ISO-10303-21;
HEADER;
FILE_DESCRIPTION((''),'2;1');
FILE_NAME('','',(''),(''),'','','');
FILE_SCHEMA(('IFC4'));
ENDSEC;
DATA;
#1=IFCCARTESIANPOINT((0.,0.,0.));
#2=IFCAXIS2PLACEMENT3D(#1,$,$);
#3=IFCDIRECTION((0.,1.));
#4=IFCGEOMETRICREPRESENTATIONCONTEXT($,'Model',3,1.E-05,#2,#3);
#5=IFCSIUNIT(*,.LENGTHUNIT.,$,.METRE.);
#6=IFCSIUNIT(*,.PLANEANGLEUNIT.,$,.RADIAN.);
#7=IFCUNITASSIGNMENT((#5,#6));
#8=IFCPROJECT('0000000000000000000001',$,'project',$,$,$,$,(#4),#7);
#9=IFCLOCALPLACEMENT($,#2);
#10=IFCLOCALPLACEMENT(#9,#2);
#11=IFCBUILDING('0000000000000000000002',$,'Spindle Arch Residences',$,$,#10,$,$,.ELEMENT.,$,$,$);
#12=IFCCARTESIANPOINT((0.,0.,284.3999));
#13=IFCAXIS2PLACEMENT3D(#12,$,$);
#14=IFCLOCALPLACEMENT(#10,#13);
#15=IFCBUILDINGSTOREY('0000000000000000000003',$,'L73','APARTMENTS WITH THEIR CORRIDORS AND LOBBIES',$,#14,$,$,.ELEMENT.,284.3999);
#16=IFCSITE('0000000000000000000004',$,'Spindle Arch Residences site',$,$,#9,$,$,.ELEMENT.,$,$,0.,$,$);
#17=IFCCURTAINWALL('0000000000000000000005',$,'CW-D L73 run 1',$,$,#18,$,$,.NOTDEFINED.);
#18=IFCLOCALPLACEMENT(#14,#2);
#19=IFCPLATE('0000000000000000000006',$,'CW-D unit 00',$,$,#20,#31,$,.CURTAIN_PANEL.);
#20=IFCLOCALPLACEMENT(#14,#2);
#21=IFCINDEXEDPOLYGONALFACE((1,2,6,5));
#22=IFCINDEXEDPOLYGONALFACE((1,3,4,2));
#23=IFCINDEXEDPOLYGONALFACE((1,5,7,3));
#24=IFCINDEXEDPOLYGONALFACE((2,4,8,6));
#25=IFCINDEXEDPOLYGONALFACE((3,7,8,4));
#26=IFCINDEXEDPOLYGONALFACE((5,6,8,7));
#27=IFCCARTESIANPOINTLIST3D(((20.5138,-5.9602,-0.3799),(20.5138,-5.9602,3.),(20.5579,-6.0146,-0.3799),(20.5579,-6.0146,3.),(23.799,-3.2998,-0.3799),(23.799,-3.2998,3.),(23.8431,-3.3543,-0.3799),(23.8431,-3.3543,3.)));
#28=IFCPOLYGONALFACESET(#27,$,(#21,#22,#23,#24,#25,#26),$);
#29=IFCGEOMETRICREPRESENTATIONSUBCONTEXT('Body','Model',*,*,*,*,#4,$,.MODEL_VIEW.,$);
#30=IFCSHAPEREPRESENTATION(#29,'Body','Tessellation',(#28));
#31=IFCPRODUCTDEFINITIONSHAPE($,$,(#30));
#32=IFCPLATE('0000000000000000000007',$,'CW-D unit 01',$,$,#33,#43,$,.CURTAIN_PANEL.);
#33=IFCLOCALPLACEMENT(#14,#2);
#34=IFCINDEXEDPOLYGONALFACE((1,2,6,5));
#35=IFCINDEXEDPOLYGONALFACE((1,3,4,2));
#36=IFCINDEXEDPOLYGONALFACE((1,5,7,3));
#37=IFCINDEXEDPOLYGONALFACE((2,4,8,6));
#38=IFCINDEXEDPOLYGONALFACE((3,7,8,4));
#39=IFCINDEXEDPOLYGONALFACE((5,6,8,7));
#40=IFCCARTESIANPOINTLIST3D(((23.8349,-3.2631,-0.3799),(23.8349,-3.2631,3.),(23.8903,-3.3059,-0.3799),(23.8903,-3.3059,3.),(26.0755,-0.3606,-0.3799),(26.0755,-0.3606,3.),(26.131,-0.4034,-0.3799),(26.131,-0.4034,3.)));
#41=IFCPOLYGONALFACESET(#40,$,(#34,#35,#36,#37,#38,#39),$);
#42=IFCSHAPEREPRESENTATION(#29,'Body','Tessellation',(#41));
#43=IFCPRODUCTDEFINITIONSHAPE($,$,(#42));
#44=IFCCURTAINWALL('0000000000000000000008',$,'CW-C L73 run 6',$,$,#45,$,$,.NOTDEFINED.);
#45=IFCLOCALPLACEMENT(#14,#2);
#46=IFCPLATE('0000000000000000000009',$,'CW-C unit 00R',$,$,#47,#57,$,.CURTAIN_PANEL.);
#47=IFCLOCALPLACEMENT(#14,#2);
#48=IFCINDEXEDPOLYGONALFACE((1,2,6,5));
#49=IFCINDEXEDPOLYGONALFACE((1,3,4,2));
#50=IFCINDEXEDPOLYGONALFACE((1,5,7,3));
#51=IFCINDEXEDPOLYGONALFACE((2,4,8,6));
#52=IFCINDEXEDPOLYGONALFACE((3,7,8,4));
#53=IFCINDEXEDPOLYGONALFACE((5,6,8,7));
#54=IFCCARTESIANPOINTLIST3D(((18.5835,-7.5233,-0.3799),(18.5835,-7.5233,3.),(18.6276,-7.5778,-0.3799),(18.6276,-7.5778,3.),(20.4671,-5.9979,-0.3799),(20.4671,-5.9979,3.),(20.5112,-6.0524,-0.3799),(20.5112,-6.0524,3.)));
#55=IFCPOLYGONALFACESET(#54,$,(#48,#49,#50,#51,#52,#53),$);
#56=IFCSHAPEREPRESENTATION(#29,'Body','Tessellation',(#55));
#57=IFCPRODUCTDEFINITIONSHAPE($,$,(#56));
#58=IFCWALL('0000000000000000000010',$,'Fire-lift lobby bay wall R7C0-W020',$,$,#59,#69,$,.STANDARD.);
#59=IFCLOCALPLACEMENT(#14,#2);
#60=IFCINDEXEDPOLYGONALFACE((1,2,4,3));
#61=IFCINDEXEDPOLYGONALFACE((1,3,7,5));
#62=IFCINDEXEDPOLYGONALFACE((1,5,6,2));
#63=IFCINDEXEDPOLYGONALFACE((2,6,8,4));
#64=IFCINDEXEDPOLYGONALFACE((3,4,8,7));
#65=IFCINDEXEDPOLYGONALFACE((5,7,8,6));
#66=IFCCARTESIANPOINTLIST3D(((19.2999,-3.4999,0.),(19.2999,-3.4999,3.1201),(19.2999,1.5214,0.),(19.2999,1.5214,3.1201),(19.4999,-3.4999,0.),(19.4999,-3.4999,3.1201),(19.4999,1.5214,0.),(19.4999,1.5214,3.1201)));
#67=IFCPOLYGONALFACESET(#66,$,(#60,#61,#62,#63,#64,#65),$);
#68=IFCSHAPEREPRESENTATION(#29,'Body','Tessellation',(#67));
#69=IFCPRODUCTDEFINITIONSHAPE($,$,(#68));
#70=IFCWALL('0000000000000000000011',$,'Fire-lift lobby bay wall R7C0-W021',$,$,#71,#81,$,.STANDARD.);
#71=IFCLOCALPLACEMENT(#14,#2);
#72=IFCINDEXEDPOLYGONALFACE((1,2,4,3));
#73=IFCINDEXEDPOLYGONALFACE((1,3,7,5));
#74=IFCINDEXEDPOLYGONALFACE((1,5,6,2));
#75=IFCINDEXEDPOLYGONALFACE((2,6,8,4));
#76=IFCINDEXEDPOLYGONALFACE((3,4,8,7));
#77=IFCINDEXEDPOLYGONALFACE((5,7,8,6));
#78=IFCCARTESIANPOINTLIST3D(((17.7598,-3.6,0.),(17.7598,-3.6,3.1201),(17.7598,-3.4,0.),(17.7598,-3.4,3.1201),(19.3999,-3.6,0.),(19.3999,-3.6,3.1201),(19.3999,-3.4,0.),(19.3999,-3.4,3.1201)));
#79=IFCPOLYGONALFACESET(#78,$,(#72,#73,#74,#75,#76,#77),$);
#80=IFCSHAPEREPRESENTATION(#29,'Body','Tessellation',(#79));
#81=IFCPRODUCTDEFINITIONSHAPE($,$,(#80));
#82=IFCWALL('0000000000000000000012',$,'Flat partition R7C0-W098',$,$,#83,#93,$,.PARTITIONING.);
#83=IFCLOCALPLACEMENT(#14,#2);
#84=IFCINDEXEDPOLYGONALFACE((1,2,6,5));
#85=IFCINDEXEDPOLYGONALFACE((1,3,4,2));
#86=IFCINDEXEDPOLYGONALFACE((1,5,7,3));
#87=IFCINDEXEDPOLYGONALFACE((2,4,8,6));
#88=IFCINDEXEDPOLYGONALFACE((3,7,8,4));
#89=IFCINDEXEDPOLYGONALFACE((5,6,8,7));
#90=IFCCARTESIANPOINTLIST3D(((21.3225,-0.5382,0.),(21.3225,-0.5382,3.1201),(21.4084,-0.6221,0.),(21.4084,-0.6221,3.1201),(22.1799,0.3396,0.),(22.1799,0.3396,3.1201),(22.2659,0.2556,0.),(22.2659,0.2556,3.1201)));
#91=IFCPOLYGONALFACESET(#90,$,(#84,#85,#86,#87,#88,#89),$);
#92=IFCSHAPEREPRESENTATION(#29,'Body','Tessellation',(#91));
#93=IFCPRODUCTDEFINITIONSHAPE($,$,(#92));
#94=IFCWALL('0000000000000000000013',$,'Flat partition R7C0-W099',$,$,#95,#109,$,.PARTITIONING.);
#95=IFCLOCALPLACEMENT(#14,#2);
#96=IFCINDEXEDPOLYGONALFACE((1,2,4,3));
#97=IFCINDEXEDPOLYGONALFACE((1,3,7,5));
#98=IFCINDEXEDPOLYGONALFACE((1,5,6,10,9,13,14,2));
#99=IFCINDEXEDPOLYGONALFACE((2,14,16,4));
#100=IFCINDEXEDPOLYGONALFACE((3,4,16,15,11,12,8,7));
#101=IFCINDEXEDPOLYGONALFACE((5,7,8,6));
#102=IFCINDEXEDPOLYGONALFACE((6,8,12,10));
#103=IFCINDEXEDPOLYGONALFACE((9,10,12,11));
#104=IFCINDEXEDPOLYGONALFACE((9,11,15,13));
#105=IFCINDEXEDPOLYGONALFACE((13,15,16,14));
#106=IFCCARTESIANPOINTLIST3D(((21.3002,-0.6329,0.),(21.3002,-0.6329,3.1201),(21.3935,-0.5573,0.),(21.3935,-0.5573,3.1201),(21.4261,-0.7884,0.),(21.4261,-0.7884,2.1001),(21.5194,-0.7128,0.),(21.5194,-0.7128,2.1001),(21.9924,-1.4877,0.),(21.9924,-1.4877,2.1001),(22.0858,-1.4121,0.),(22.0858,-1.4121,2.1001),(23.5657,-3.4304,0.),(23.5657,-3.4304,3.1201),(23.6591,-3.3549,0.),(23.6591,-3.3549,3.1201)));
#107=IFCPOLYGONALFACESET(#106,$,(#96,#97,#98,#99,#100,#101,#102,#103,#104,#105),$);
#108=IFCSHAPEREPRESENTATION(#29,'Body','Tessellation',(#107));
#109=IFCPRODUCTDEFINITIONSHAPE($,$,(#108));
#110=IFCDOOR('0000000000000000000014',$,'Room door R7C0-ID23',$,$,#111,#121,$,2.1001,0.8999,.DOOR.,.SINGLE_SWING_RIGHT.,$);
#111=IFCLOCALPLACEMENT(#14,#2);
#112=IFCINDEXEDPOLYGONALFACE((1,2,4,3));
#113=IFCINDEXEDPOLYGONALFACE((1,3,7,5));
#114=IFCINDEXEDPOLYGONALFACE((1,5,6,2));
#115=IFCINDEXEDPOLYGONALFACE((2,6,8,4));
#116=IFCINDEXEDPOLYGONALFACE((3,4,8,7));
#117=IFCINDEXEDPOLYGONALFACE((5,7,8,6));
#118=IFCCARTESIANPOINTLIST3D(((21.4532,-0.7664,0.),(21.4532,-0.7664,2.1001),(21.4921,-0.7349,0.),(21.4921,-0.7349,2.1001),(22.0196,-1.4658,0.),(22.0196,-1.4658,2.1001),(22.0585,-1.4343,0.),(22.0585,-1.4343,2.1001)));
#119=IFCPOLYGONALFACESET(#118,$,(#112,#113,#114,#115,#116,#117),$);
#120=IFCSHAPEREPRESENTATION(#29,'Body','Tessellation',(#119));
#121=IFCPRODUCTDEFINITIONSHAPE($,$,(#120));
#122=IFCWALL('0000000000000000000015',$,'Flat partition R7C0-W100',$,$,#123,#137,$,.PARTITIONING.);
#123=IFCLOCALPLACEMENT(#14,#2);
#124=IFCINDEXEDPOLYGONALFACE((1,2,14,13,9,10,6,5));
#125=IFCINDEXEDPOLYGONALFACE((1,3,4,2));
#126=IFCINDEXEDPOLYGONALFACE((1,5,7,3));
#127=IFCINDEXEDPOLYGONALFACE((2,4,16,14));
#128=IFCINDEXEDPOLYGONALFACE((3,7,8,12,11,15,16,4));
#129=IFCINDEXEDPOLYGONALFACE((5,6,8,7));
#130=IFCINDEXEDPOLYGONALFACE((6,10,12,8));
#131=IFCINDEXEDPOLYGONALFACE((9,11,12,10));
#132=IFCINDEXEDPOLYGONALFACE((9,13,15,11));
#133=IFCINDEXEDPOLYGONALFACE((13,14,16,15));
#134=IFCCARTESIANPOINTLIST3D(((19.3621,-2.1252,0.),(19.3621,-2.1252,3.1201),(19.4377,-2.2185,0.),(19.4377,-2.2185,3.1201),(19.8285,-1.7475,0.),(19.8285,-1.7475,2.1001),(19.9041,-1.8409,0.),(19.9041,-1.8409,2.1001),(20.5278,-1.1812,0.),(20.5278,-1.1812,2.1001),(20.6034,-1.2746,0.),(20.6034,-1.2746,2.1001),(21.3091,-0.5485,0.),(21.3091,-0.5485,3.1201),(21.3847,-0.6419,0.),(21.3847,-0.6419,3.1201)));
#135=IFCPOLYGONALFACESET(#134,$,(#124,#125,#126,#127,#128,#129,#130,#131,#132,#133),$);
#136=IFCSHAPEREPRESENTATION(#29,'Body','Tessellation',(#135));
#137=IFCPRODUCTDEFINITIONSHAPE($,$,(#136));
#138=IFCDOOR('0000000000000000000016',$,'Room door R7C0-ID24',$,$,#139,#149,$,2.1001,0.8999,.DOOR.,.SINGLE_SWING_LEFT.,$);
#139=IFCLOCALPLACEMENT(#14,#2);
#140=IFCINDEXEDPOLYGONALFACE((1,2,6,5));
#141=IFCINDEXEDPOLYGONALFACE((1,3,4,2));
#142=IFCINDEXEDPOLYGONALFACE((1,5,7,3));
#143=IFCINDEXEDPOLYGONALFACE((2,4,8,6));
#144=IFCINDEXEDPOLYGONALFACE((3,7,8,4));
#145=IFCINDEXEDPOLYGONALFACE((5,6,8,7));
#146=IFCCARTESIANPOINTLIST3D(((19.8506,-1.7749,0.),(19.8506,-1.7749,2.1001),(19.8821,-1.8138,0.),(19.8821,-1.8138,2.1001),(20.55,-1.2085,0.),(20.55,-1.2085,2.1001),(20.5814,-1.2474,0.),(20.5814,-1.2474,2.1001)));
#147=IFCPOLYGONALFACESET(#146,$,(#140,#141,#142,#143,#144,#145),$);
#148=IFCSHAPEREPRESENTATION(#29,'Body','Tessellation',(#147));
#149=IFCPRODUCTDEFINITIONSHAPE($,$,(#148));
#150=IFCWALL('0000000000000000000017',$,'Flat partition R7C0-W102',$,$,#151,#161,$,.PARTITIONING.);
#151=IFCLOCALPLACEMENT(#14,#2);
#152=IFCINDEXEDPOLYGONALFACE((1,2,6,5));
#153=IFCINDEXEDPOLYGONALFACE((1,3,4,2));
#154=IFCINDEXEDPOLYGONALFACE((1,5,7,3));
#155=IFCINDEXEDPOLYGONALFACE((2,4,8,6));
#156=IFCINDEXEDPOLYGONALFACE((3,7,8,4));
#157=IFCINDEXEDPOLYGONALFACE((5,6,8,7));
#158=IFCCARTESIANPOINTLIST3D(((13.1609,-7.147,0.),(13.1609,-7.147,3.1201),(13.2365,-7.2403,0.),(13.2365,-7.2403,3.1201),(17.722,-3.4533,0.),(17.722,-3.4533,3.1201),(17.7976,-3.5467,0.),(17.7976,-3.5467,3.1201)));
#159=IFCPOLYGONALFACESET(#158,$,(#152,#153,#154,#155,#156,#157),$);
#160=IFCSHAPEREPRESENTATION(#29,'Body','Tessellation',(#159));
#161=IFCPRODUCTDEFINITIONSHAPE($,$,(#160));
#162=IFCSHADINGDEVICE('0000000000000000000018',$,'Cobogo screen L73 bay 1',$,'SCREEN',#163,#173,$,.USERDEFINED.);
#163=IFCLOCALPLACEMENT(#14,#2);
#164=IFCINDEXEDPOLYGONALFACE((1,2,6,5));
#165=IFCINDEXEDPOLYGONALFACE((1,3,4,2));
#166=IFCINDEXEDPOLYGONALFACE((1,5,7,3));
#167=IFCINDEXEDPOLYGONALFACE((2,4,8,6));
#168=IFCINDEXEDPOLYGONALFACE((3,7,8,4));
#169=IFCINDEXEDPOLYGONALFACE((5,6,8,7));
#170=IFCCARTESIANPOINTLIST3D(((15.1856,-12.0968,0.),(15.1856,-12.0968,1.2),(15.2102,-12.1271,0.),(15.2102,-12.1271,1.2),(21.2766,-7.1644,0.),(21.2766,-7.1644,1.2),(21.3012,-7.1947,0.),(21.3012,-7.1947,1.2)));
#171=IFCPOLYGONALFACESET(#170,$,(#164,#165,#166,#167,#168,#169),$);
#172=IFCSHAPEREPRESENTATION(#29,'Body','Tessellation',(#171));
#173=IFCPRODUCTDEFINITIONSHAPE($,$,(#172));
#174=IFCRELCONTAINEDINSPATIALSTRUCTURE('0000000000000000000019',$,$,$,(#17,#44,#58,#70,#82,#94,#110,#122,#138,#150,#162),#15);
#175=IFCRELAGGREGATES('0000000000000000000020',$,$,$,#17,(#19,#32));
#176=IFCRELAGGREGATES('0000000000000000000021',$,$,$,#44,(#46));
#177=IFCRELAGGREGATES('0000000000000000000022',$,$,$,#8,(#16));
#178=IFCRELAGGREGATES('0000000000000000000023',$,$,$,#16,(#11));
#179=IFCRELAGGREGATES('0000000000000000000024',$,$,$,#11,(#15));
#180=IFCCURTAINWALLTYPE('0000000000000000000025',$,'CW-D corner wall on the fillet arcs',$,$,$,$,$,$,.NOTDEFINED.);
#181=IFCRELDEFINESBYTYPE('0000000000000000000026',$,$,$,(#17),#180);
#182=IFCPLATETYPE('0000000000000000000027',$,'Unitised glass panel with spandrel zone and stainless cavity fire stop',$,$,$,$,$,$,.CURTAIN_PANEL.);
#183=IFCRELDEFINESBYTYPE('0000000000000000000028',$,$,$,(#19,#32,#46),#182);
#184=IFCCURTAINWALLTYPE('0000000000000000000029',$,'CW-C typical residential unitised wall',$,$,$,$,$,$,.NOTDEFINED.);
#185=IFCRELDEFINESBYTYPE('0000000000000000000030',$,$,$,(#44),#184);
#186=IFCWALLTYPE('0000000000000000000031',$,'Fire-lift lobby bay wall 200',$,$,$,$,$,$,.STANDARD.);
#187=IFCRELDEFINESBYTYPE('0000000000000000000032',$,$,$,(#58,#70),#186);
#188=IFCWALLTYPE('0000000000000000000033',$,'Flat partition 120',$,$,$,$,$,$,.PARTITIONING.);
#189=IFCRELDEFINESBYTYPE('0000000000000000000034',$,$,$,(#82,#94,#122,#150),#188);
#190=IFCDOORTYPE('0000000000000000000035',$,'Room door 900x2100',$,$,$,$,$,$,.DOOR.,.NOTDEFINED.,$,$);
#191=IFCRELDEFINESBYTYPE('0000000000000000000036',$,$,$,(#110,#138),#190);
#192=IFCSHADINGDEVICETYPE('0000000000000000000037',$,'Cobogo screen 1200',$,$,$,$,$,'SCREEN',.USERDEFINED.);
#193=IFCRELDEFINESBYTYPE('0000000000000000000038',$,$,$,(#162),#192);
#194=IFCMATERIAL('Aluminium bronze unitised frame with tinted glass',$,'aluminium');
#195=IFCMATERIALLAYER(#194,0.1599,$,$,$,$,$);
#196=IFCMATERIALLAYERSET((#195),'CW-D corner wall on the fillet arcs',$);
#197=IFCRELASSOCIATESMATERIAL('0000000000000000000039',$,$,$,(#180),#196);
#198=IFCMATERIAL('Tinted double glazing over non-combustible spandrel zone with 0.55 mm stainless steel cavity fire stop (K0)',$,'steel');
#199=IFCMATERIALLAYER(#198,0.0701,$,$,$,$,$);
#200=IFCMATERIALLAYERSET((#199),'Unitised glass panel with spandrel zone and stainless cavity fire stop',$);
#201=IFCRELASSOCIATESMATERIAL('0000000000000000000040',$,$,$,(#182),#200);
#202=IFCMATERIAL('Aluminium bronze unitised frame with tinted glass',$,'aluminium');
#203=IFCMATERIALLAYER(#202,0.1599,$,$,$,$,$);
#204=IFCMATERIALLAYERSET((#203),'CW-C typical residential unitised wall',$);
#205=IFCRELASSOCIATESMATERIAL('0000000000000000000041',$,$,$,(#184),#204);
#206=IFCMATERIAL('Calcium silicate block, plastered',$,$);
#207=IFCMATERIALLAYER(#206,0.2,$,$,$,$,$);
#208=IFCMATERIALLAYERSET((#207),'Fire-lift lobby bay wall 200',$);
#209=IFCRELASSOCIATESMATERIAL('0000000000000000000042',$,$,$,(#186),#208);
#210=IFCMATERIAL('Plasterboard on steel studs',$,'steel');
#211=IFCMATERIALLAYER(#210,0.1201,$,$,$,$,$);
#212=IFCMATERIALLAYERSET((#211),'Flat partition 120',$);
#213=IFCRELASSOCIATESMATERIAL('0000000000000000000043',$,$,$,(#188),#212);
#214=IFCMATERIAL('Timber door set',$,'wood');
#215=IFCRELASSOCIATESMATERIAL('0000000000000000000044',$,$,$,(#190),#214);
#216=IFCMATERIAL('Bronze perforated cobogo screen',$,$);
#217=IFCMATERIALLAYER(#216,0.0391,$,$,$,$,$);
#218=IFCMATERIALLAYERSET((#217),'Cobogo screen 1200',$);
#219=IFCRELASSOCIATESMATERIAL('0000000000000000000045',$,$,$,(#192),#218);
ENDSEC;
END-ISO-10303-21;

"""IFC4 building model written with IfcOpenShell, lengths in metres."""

from ifc_helpers import new_model, si_unit, direction, frame, frame_2d, origin, origin_2d, place, context, subcontext, project, spatial, rectangle, extrude, material, layer, layer_set, type_object, element, fill, aggregate, save


model = new_model("IFC4")

# Units and contexts
model_context = context("Model", 3, precision=1e-05, world=origin(), true_north=direction((0.0, 1.0)))
body_context = subcontext(model_context, "Body", "Model", "MODEL_VIEW")
ifc_project = project(units=[si_unit("LENGTHUNIT", "METRE"), si_unit("PLANEANGLEUNIT", "RADIAN")], contexts=[model_context])

# Site, building, storey
site_placement = place(None, origin())
site = spatial("IfcSite", under=ifc_project, at=site_placement, Name="Spindle Arch Residences site", CompositionType="ELEMENT", RefElevation=0.0)
building_placement = place(site_placement, origin())
building = spatial("IfcBuilding", under=site, at=building_placement, Name="Spindle Arch Residences", CompositionType="ELEMENT")
storey_placement = place(building_placement, frame((0.0, 0.0, 284.3999)))
storey = spatial("IfcBuildingStorey", under=building, at=storey_placement, Name="L73", Description="APARTMENTS WITH THEIR CORRIDORS AND LOBBIES", CompositionType="ELEMENT", Elevation=284.3999)

# Curtain wall
ifc_material_1 = material(Name="Aluminium bronze unitised frame with tinted glass", Category="aluminium")
ifc_layer_1 = layer(ifc_material_1, 0.1599)
ifc_layer_set_1 = layer_set([ifc_layer_1], Name="CW-D corner wall on the fillet arcs")
curtain_wall_type_1 = type_object("IfcCurtainWallType", Name="CW-D corner wall on the fillet arcs", PredefinedType="NOTDEFINED", material=ifc_layer_set_1)
curtain_wall_1_placement = place(storey_placement, origin())
curtain_wall_1 = element("IfcCurtainWall", 1, at=curtain_wall_1_placement, inside=storey, type_object=curtain_wall_type_1, Name="CW-D L73 run 1", PredefinedType="NOTDEFINED")

# Plates
ifc_material_2 = material(Name="Tinted double glazing over non-combustible spandrel zone with 0.55 mm stainless steel cavity fire stop (K0)", Category="steel")
ifc_layer_2 = layer(ifc_material_2, 0.0701)
ifc_layer_set_2 = layer_set([ifc_layer_2], Name="Unitised glass panel with spandrel zone and stainless cavity fire stop")
plate_type = type_object("IfcPlateType", Name="Unitised glass panel with spandrel zone and stainless cavity fire stop", PredefinedType="CURTAIN_PANEL", material=ifc_layer_set_2)
plate_1_placement = place(storey_placement, frame((22.1785, -4.6572, -0.3799), z_axis=(0.0, 0.0, 1.0), x_axis=(0.777146, 0.62932, 0.0)))
plate_1 = element("IfcPlate", 2, at=plate_1_placement, type_object=plate_type, Name="CW-D unit 00", PredefinedType="CURTAIN_PANEL", context=body_context, shape_type="SweptSolid", body=[
    extrude(rectangle(XDim=4.2273, YDim=0.0701, at=origin_2d()), origin(), (0.0, 0.0, 1.0), 3.3799),
])
plate_2_placement = place(storey_placement, frame((24.9829, -1.8333, -0.3799), z_axis=(0.0, 0.0, 1.0), x_axis=(0.611067, 0.791579, 0.0)))
plate_2 = element("IfcPlate", 3, at=plate_2_placement, type_object=plate_type, Name="CW-D unit 01", PredefinedType="CURTAIN_PANEL", context=body_context, shape_type="SweptSolid", body=[
    extrude(rectangle(XDim=3.6667, YDim=0.0701, at=origin_2d()), origin(), (0.0, 0.0, 1.0), 3.3799),
])
aggregate(curtain_wall_1, [plate_1, plate_2])

# Curtain wall, plate
ifc_material_3 = material(Name="Aluminium bronze unitised frame with tinted glass", Category="aluminium")
ifc_layer_3 = layer(ifc_material_3, 0.1599)
ifc_layer_set_3 = layer_set([ifc_layer_3], Name="CW-C typical residential unitised wall")
curtain_wall_type_2 = type_object("IfcCurtainWallType", Name="CW-C typical residential unitised wall", PredefinedType="NOTDEFINED", material=ifc_layer_set_3)
curtain_wall_2_placement = place(storey_placement, origin())
curtain_wall_2 = element("IfcCurtainWall", 4, at=curtain_wall_2_placement, inside=storey, type_object=curtain_wall_type_2, Name="CW-C L73 run 6", PredefinedType="NOTDEFINED")
plate_3_placement = place(storey_placement, frame((19.5474, -6.7878, -0.3799), z_axis=(0.0, 0.0, 1.0), x_axis=(0.777146, 0.62932, 0.0)))
plate_3 = element("IfcPlate", 5, at=plate_3_placement, type_object=plate_type, Name="CW-C unit 00R", PredefinedType="CURTAIN_PANEL", context=body_context, shape_type="SweptSolid", body=[
    extrude(rectangle(XDim=2.4238, YDim=0.0701, at=origin_2d()), origin(), (0.0, 0.0, 1.0), 3.3799),
])
aggregate(curtain_wall_2, [plate_3])

# Walls
ifc_material_4 = material(Name="Calcium silicate block, plastered")
ifc_layer_4 = layer(ifc_material_4, 0.2)
ifc_layer_set_4 = layer_set([ifc_layer_4], Name="Fire-lift lobby bay wall 200")
wall_type_1 = type_object("IfcWallType", Name="Fire-lift lobby bay wall 200", PredefinedType="STANDARD", material=ifc_layer_set_4)
wall_1_placement = place(storey_placement, frame((19.3999, -3.5, 0.0), z_axis=(0.0, 0.0, 1.0), x_axis=(0.0, 1.0, 0.0)))
element("IfcWall", 6, at=wall_1_placement, inside=storey, type_object=wall_type_1, Name="Fire-lift lobby bay wall R7C0-W020", PredefinedType="STANDARD", context=body_context, shape_type="SweptSolid", body=[
    extrude(rectangle(XDim=5.0212, YDim=0.2, at=frame_2d((2.5107, 0.0))), origin(), (0.0, 0.0, 1.0), 3.1201),
])
wall_2_placement = place(storey_placement, frame((17.7598, -3.5, 0.0), z_axis=(0.0, 0.0, 1.0), x_axis=(1.0, 0.0, 0.0)))
element("IfcWall", 7, at=wall_2_placement, inside=storey, type_object=wall_type_1, Name="Fire-lift lobby bay wall R7C0-W021", PredefinedType="STANDARD", context=body_context, shape_type="SweptSolid", body=[
    extrude(rectangle(XDim=1.6401, YDim=0.2, at=frame_2d((0.8201, 0.0))), origin(), (0.0, 0.0, 1.0), 3.1201),
])
ifc_material_5 = material(Name="Plasterboard on steel studs", Category="steel")
ifc_layer_5 = layer(ifc_material_5, 0.1201)
ifc_layer_set_5 = layer_set([ifc_layer_5], Name="Flat partition 120")
wall_type_2 = type_object("IfcWallType", Name="Flat partition 120", PredefinedType="PARTITIONING", material=ifc_layer_set_5)
wall_3_placement = place(storey_placement, frame((22.2229, 0.2976, 0.0), z_axis=(0.0, 0.0, 1.0), x_axis=(-0.698801, -0.715316, 0.0)))
element("IfcWall", 8, at=wall_3_placement, inside=storey, type_object=wall_type_2, Name="Flat partition R7C0-W098", PredefinedType="PARTITIONING", context=body_context, shape_type="SweptSolid", body=[
    extrude(rectangle(XDim=1.2271, YDim=0.1201, at=frame_2d((0.6135, 0.0))), origin(), (0.0, 0.0, 1.0), 3.1201),
])

# Walls, openings, doors
wall_4_placement = place(storey_placement, frame((21.3469, -0.5952, 0.0), z_axis=(0.0, 0.0, 1.0), x_axis=(0.629348, -0.777123, 0.0)))
wall_4 = element("IfcWall", 9, at=wall_4_placement, inside=storey, type_object=wall_type_2, Name="Flat partition R7C0-W099", PredefinedType="PARTITIONING", context=body_context, shape_type="SweptSolid", body=[
    extrude(rectangle(XDim=3.5999, YDim=0.1201, at=frame_2d((1.7998, 0.0))), origin(), (0.0, 0.0, 1.0), 3.1201),
])
opening_1_placement = place(wall_4_placement, frame((0.2, 0.0, 0.0)))
opening_1 = element("IfcOpeningElement", 10, at=opening_1_placement, cuts=wall_4, PredefinedType="OPENING", context=body_context, shape_type="SweptSolid", body=[
    extrude(rectangle(XDim=0.8999, YDim=2.1001, at=frame_2d((0.45, 1.05))), frame((0.0, 0.0701, 0.0), z_axis=(0.0, -1.0, 0.0), x_axis=(1.0, 0.0, 0.0)), (0.0, 0.0, 1.0), 0.1401),
])
ifc_material_6 = material(Name="Timber door set", Category="wood")
door_type = type_object("IfcDoorType", Name="Room door 900x2100", OperationType="NOTDEFINED", PredefinedType="DOOR", material=ifc_material_6)
door_1_placement = place(opening_1_placement, origin())
door_1 = element("IfcDoor", 11, at=door_1_placement, inside=storey, type_object=door_type, Name="Room door R7C0-ID23", OperationType="SINGLE_SWING_RIGHT", OverallHeight=2.1001, OverallWidth=0.8999, PredefinedType="DOOR", context=body_context, shape_type="SweptSolid", body=[
    extrude(rectangle(XDim=0.8999, YDim=2.1001, at=frame_2d((0.45, 1.05))), frame((0.0, 0.0249, 0.0), z_axis=(0.0, -1.0, 0.0), x_axis=(1.0, 0.0, 0.0)), (0.0, 0.0, 1.0), 0.05),
])
fill(opening_1, door_1)
wall_5_placement = place(storey_placement, frame((19.3999, -2.1719, 0.0), z_axis=(0.0, 0.0, 1.0), x_axis=(0.777147, 0.629319, 0.0)))
wall_5 = element("IfcWall", 12, at=wall_5_placement, inside=storey, type_object=wall_type_2, Name="Flat partition R7C0-W100", PredefinedType="PARTITIONING", context=body_context, shape_type="SweptSolid", body=[
    extrude(rectangle(XDim=2.5054, YDim=0.1201, at=frame_2d((1.2527, 0.0))), origin(), (0.0, 0.0, 1.0), 3.1201),
])
opening_2_placement = place(wall_5_placement, frame((0.6001, 0.0, 0.0)))
opening_2 = element("IfcOpeningElement", 13, at=opening_2_placement, cuts=wall_5, PredefinedType="OPENING", context=body_context, shape_type="SweptSolid", body=[
    extrude(rectangle(XDim=0.8999, YDim=2.1001, at=frame_2d((0.45, 1.05))), frame((0.0, 0.0701, 0.0), z_axis=(0.0, -1.0, 0.0), x_axis=(1.0, 0.0, 0.0)), (0.0, 0.0, 1.0), 0.1401),
])
door_2_placement = place(opening_2_placement, origin())
door_2 = element("IfcDoor", 14, at=door_2_placement, inside=storey, type_object=door_type, Name="Room door R7C0-ID24", OperationType="SINGLE_SWING_LEFT", OverallHeight=2.1001, OverallWidth=0.8999, PredefinedType="DOOR", context=body_context, shape_type="SweptSolid", body=[
    extrude(rectangle(XDim=0.8999, YDim=2.1001, at=frame_2d((0.45, 1.05))), frame((0.0, 0.0249, 0.0), z_axis=(0.0, -1.0, 0.0), x_axis=(1.0, 0.0, 0.0)), (0.0, 0.0, 1.0), 0.05),
])
fill(opening_2, door_2)

# Wall
wall_6_placement = place(storey_placement, frame((17.7598, -3.5, 0.0), z_axis=(0.0, 0.0, 1.0), x_axis=(-0.777133, -0.629336, 0.0)))
element("IfcWall", 15, at=wall_6_placement, inside=storey, type_object=wall_type_2, Name="Flat partition R7C0-W102", PredefinedType="PARTITIONING", context=body_context, shape_type="SweptSolid", body=[
    extrude(rectangle(XDim=5.8691, YDim=0.1201, at=frame_2d((2.9346, 0.0))), origin(), (0.0, 0.0, 1.0), 3.1201),
])

# Shading device
ifc_material_7 = material(Name="Bronze perforated cobogo screen")
ifc_layer_6 = layer(ifc_material_7, 0.0391)
ifc_layer_set_6 = layer_set([ifc_layer_6], Name="Cobogo screen 1200")
shading_device_type = type_object("IfcShadingDeviceType", Name="Cobogo screen 1200", ElementType="SCREEN", PredefinedType="USERDEFINED", material=ifc_layer_set_6)
shading_device_placement = place(storey_placement, frame((18.2434, -9.6458, 0.0), z_axis=(0.0, 0.0, 1.0), x_axis=(0.777146, 0.62932, 0.0)))
element("IfcShadingDevice", 16, at=shading_device_placement, inside=storey, type_object=shading_device_type, Name="Cobogo screen L73 bay 1", ObjectType="SCREEN", PredefinedType="USERDEFINED", context=body_context, shape_type="SweptSolid", body=[
    extrude(rectangle(XDim=7.8376, YDim=0.0391, at=origin_2d()), origin(), (0.0, 0.0, 1.0), 1.2),
])

save(model, "model.ifc")
